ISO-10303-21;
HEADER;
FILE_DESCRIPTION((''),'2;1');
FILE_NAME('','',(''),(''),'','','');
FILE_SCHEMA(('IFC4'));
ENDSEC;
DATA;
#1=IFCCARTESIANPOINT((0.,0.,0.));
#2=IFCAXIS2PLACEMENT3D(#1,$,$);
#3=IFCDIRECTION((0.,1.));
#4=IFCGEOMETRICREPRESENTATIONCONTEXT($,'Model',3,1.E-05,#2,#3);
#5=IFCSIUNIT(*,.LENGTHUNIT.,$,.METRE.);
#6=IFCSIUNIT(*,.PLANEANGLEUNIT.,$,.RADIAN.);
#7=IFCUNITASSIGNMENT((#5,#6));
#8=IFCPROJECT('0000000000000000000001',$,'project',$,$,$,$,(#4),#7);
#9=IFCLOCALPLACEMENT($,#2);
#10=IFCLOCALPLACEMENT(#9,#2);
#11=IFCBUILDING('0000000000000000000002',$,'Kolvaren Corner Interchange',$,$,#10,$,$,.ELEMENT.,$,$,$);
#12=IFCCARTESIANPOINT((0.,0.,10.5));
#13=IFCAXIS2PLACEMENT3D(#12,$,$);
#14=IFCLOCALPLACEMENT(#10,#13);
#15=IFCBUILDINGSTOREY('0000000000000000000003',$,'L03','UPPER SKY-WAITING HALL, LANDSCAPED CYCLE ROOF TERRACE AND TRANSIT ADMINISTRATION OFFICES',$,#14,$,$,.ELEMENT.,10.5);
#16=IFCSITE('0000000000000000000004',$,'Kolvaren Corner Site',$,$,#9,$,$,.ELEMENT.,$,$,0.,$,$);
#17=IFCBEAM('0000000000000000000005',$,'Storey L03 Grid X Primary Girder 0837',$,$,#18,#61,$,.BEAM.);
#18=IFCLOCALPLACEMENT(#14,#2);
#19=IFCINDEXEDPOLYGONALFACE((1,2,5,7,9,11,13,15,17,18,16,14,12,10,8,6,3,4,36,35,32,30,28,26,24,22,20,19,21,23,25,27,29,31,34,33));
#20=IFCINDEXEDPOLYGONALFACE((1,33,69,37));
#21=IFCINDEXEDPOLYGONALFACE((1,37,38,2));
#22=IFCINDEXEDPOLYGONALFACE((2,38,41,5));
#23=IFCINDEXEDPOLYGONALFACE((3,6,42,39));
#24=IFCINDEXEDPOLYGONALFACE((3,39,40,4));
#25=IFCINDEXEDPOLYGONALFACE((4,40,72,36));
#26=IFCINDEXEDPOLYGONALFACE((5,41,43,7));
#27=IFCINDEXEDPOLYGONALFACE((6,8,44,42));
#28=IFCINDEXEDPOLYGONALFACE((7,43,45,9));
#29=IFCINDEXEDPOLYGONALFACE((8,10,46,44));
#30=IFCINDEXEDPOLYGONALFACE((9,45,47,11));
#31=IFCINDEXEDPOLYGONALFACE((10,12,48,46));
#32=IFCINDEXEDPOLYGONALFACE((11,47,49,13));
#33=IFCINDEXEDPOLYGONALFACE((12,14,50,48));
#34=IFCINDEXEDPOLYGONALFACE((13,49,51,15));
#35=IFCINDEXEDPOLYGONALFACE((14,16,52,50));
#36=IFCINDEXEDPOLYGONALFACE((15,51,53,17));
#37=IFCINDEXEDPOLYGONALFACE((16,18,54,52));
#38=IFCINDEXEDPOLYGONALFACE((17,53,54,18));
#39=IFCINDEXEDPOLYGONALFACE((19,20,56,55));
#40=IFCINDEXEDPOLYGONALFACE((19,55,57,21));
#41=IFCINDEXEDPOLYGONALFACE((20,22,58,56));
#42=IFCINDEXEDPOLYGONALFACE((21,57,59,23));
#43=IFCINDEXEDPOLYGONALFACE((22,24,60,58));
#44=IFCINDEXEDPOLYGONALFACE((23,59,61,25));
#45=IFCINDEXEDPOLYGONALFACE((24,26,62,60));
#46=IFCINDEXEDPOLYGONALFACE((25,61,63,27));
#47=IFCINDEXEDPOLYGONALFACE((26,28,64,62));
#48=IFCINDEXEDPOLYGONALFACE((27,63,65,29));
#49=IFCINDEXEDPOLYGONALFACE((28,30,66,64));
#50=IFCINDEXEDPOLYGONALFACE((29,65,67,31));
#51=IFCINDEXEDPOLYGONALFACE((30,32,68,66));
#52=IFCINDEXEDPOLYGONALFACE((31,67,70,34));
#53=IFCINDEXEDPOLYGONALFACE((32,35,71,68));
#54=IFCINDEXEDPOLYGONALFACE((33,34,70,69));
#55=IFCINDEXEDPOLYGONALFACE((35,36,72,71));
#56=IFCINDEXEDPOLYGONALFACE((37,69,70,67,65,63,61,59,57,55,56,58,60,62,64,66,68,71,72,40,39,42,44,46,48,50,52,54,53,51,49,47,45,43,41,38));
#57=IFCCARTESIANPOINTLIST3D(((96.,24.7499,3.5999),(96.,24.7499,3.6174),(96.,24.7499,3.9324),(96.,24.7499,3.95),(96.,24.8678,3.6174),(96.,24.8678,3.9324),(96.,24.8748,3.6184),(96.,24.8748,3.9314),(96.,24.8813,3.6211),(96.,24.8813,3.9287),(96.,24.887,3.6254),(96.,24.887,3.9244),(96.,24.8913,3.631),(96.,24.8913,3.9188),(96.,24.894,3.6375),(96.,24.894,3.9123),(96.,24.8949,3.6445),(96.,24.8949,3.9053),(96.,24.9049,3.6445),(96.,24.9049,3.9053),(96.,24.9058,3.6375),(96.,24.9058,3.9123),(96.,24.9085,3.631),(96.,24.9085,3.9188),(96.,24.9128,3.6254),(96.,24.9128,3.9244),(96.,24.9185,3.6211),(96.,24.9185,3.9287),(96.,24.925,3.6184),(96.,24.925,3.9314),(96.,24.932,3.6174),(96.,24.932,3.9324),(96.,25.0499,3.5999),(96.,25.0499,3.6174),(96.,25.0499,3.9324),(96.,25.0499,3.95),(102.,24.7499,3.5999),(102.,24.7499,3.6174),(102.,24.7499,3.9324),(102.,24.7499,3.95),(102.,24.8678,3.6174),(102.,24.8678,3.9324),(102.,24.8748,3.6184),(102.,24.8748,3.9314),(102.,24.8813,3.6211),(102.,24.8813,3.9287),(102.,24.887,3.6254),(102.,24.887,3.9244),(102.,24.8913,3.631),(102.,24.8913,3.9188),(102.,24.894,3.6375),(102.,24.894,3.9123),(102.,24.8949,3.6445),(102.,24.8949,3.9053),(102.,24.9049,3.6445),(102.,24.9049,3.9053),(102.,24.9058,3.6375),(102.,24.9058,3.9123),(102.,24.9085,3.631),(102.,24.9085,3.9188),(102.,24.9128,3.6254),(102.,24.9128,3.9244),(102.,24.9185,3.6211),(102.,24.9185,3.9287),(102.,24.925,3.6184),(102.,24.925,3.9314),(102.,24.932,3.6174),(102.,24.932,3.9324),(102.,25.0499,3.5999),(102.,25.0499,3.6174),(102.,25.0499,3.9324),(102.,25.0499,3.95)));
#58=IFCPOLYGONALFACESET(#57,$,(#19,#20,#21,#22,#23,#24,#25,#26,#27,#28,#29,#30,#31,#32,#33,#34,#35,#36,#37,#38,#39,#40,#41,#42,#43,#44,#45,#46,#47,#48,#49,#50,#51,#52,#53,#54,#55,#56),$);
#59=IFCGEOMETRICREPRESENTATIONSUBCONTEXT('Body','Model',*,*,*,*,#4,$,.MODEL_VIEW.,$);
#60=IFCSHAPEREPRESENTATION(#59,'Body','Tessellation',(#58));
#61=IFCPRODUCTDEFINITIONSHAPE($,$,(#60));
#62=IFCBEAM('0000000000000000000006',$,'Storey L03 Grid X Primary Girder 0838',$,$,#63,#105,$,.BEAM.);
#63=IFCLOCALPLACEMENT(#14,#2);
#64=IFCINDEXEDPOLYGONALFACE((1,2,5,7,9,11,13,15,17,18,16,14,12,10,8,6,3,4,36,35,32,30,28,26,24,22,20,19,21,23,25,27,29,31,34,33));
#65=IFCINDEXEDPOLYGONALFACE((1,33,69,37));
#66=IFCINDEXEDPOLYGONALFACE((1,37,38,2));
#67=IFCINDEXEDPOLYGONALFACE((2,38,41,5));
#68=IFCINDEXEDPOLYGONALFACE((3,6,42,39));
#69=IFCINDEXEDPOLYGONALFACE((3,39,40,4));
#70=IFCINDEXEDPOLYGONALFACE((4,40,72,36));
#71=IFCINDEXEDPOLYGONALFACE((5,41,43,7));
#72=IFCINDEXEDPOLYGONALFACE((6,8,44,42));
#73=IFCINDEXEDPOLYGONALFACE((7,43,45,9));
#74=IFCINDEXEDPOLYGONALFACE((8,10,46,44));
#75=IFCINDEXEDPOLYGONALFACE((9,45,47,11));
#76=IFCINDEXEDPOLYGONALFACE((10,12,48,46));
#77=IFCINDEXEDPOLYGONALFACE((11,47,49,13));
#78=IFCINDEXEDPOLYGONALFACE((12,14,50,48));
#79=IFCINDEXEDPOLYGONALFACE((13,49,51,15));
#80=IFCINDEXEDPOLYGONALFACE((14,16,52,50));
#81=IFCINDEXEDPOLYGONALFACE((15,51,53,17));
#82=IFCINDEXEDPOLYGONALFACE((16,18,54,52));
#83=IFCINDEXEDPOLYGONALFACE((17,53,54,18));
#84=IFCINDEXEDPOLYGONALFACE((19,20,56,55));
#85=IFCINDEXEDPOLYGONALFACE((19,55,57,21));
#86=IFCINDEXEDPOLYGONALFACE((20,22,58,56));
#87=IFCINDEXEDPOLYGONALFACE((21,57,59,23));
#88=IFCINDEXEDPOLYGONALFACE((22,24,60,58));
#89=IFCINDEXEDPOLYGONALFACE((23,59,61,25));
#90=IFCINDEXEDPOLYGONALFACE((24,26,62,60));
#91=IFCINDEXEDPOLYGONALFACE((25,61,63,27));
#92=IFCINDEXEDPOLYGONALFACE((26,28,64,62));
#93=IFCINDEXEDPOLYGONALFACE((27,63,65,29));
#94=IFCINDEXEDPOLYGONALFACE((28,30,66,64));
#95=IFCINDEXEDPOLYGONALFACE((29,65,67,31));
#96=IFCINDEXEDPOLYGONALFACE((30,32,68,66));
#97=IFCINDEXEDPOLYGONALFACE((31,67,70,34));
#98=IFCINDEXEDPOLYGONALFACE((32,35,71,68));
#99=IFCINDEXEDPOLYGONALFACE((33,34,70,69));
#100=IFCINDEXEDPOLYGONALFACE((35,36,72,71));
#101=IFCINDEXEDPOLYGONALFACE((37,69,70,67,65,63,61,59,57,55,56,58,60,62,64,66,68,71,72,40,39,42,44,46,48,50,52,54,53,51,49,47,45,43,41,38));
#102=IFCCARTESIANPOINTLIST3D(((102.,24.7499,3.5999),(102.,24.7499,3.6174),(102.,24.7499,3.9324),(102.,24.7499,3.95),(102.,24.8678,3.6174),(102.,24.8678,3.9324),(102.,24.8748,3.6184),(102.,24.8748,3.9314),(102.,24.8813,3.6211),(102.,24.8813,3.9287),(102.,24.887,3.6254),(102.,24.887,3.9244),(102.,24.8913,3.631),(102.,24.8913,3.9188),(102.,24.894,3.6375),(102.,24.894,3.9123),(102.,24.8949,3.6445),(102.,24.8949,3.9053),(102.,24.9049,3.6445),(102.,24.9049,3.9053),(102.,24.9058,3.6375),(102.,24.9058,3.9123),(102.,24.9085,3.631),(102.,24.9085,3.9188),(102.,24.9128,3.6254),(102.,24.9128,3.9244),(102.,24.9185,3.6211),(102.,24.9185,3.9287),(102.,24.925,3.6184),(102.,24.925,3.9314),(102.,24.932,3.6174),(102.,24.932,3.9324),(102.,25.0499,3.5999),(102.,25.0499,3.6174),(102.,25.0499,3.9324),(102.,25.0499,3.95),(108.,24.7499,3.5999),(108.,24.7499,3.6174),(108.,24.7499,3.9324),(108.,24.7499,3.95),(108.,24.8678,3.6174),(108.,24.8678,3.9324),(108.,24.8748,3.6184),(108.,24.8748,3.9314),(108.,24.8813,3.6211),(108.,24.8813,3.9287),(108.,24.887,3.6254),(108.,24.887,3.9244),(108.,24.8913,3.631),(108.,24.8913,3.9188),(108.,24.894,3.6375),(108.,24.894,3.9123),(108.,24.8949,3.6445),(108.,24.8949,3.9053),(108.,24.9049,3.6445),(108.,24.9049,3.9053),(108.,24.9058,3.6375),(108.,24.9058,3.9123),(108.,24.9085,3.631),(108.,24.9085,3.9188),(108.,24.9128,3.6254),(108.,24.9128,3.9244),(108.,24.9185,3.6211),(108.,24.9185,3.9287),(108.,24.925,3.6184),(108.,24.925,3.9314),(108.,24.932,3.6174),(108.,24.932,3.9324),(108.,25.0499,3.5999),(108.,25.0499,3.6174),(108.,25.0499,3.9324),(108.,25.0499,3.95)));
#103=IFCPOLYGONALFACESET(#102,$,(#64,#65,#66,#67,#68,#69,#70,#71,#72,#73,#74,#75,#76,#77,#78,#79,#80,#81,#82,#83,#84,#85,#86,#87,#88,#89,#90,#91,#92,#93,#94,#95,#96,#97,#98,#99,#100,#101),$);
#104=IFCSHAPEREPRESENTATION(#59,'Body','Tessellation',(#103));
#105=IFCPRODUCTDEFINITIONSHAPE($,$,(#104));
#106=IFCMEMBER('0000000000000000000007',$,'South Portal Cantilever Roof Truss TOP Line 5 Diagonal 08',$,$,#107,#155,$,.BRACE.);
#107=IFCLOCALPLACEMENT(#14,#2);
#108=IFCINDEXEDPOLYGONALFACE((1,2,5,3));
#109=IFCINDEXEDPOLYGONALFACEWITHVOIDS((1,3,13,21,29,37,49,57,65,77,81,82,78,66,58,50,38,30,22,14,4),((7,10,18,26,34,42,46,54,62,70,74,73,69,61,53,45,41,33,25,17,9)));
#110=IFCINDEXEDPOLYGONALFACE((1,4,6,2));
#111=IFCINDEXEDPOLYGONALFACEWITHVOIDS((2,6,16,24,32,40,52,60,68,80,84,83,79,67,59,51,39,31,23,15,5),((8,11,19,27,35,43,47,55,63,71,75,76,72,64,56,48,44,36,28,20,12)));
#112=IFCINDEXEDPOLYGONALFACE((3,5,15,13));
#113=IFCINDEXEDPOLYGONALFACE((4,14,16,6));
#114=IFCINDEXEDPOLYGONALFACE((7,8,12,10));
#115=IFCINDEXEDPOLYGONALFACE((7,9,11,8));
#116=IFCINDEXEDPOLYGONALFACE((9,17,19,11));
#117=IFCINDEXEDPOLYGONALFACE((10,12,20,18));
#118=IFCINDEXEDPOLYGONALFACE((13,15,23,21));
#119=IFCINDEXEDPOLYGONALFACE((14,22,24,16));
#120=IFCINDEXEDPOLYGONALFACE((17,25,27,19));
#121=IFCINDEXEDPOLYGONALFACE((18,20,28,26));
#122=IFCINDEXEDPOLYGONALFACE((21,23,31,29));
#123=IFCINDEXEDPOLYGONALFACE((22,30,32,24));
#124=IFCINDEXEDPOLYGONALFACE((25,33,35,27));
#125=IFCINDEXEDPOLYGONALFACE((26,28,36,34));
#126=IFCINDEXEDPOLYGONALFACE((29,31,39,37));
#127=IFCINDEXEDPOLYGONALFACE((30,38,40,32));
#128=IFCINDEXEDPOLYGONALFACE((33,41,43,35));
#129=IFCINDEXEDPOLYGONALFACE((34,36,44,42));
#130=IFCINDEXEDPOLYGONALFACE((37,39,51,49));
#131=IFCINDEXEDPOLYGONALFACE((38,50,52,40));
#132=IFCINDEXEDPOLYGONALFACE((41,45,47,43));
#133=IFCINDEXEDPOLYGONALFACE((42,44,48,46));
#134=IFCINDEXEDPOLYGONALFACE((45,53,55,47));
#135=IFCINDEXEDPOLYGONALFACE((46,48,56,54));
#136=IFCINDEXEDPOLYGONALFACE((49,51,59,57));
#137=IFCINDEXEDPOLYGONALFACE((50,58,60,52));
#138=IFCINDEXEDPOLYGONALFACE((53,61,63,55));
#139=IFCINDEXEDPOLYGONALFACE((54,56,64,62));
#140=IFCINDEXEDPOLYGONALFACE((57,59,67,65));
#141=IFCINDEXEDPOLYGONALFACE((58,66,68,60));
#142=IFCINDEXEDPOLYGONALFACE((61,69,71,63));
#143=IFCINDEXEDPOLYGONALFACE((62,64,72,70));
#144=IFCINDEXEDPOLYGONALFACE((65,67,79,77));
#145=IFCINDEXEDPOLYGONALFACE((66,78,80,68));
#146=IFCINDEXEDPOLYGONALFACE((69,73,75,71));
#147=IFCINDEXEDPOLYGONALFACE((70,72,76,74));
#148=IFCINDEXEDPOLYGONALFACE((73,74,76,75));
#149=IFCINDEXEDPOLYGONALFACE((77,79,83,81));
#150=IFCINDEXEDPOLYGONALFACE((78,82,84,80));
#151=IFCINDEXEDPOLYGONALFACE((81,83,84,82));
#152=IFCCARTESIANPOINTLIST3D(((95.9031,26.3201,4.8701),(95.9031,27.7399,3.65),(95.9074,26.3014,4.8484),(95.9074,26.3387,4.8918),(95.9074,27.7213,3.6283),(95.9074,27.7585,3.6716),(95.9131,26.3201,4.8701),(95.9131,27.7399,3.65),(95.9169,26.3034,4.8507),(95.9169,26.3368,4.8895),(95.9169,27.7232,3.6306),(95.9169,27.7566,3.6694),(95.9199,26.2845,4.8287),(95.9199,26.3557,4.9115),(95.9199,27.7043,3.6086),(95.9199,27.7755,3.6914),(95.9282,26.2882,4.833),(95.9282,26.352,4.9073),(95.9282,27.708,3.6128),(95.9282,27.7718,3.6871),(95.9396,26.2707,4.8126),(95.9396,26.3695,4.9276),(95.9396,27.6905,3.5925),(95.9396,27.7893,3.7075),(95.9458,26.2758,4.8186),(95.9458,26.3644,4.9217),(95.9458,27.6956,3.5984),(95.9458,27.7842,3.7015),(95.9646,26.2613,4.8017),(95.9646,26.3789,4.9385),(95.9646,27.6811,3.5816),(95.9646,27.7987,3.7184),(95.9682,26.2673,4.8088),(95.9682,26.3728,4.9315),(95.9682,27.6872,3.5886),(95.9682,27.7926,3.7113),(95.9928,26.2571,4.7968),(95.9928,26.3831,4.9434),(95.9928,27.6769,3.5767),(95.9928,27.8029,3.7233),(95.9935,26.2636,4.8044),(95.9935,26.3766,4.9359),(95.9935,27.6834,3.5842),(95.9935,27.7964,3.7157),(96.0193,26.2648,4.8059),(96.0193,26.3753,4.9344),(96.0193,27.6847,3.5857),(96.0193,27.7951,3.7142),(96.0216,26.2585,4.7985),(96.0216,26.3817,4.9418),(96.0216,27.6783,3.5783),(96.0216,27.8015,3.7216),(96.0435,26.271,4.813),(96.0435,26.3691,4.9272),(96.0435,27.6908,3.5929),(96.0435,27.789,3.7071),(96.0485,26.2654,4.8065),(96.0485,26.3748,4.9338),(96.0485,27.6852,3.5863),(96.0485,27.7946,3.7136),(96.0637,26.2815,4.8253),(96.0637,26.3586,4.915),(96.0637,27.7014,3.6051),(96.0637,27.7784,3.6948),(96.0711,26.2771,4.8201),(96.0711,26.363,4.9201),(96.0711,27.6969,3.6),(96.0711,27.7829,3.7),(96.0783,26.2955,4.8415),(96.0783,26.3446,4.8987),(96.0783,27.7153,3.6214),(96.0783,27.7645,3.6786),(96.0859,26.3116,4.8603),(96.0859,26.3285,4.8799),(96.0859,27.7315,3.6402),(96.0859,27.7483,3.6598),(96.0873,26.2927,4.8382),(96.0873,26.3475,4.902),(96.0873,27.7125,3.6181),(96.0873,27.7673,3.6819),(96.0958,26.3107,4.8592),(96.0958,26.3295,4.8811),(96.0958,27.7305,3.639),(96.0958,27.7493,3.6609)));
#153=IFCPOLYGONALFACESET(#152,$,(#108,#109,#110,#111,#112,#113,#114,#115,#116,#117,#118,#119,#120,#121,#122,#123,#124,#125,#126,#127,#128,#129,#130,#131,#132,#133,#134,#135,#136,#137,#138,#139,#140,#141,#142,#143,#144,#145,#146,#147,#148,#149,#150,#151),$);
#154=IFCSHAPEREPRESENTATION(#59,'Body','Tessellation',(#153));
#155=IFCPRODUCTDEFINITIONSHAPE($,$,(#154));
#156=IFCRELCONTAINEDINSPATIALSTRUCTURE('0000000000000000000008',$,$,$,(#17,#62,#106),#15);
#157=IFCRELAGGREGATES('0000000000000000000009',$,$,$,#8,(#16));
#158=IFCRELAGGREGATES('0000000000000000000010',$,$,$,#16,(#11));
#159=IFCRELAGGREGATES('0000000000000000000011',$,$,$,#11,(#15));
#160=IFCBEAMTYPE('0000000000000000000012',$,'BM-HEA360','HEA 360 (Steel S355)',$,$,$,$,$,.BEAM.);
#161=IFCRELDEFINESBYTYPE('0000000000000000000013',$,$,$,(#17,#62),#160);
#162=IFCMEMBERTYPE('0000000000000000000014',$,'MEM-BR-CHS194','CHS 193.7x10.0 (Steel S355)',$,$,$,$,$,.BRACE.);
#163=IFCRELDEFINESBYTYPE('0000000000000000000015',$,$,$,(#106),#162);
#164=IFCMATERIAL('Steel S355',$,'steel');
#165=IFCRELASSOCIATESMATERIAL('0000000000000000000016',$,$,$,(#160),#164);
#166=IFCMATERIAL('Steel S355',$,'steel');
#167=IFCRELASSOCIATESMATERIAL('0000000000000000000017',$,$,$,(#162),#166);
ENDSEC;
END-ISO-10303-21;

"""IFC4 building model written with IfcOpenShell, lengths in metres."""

from ifc_helpers import new_model, si_unit, direction, frame, origin, origin_2d, place, context, subcontext, project, spatial, hollow_circle, i_section, extrude, material, material_profile, profile_set, type_object, element, save


model = new_model("IFC4")

# Units and contexts
model_context = context("Model", 3, precision=1e-05, world=origin(), true_north=direction((0.0, 1.0)))
body_context = subcontext(model_context, "Body", "Model", "MODEL_VIEW")
ifc_project = project(units=[si_unit("LENGTHUNIT", "METRE"), si_unit("PLANEANGLEUNIT", "RADIAN")], contexts=[model_context])

# Site, building, storey
site_placement = place(None, origin())
site = spatial("IfcSite", under=ifc_project, at=site_placement, Name="Kolvaren Corner Site", CompositionType="ELEMENT", RefElevation=0.0)
building_placement = place(site_placement, origin())
building = spatial("IfcBuilding", under=site, at=building_placement, Name="Kolvaren Corner Interchange", CompositionType="ELEMENT")
storey_placement = place(building_placement, frame((0.0, 0.0, 10.5)))
storey = spatial("IfcBuildingStorey", under=building, at=storey_placement, Name="L03", Description="UPPER SKY-WAITING HALL, LANDSCAPED CYCLE ROOF TERRACE AND TRANSIT ADMINISTRATION OFFICES", CompositionType="ELEMENT", Elevation=10.5)

# Beams
ifc_material_1 = material(Name="Steel S355", Category="steel")
ifc_material_profile_1 = material_profile(ifc_material_1, i_section(OverallWidth=0.3, OverallDepth=0.3501, WebThickness=0.01, FlangeThickness=0.0176, FilletRadius=0.0271, at=origin_2d()), Name="HEA 360")
ifc_profile_set_1 = profile_set([ifc_material_profile_1], Name="Steel S355")
beam_type = type_object("IfcBeamType", Name="BM-HEA360", Description="HEA 360 (Steel S355)", PredefinedType="BEAM", material=ifc_profile_set_1)
for number, where, z_axis, x_axis, name in (
    (1, (96.0, 24.8999, 3.7749), (1.0, 0.0, 0.0), (0.0, 1.0, 0.0), "Storey L03 Grid X Primary Girder 0837"),
    (2, (102.0, 24.8999, 3.7749), (1.0, 0.0, 0.0), (0.0, 1.0, 0.0), "Storey L03 Grid X Primary Girder 0838"),
):
    element("IfcBeam", number, at=place(storey_placement, frame(where, z_axis=z_axis, x_axis=x_axis)), inside=storey, type_object=beam_type, Name=name, PredefinedType="BEAM", context=body_context, shape_type="SweptSolid", body=[
        extrude(i_section(OverallWidth=0.3, OverallDepth=0.3501, WebThickness=0.01, FlangeThickness=0.0176, FilletRadius=0.0271, at=origin_2d()), origin(), (0.0, 0.0, 1.0), 6.0),
    ])

# Member
ifc_material_2 = material(Name="Steel S355", Category="steel")
ifc_material_profile_2 = material_profile(ifc_material_2, hollow_circle(Radius=0.0969, WallThickness=0.01, at=origin_2d()), Name="CHS 193.7x10.0")
ifc_profile_set_2 = profile_set([ifc_material_profile_2], Name="Steel S355")
member_type_1 = type_object("IfcMemberType", Name="MEM-BR-CHS194", Description="CHS 193.7x10.0 (Steel S355)", PredefinedType="BRACE", material=ifc_profile_set_2)
member_1_placement = place(storey_placement, frame((96.0, 26.3201, 4.8701), z_axis=(0.0, 0.758428, -0.651757), x_axis=(-1.0, 0.0, 0.0)))
element("IfcMember", 3, at=member_1_placement, inside=storey, type_object=member_type_1, Name="South Portal Cantilever Roof Truss TOP Line 5 Diagonal 08", PredefinedType="BRACE", context=body_context, shape_type="SweptSolid", body=[
    extrude(hollow_circle(Radius=0.0969, WallThickness=0.01, at=origin_2d()), origin(), (0.0, 0.0, 1.0), 1.8721),
])

save(model, "model.ifc")
